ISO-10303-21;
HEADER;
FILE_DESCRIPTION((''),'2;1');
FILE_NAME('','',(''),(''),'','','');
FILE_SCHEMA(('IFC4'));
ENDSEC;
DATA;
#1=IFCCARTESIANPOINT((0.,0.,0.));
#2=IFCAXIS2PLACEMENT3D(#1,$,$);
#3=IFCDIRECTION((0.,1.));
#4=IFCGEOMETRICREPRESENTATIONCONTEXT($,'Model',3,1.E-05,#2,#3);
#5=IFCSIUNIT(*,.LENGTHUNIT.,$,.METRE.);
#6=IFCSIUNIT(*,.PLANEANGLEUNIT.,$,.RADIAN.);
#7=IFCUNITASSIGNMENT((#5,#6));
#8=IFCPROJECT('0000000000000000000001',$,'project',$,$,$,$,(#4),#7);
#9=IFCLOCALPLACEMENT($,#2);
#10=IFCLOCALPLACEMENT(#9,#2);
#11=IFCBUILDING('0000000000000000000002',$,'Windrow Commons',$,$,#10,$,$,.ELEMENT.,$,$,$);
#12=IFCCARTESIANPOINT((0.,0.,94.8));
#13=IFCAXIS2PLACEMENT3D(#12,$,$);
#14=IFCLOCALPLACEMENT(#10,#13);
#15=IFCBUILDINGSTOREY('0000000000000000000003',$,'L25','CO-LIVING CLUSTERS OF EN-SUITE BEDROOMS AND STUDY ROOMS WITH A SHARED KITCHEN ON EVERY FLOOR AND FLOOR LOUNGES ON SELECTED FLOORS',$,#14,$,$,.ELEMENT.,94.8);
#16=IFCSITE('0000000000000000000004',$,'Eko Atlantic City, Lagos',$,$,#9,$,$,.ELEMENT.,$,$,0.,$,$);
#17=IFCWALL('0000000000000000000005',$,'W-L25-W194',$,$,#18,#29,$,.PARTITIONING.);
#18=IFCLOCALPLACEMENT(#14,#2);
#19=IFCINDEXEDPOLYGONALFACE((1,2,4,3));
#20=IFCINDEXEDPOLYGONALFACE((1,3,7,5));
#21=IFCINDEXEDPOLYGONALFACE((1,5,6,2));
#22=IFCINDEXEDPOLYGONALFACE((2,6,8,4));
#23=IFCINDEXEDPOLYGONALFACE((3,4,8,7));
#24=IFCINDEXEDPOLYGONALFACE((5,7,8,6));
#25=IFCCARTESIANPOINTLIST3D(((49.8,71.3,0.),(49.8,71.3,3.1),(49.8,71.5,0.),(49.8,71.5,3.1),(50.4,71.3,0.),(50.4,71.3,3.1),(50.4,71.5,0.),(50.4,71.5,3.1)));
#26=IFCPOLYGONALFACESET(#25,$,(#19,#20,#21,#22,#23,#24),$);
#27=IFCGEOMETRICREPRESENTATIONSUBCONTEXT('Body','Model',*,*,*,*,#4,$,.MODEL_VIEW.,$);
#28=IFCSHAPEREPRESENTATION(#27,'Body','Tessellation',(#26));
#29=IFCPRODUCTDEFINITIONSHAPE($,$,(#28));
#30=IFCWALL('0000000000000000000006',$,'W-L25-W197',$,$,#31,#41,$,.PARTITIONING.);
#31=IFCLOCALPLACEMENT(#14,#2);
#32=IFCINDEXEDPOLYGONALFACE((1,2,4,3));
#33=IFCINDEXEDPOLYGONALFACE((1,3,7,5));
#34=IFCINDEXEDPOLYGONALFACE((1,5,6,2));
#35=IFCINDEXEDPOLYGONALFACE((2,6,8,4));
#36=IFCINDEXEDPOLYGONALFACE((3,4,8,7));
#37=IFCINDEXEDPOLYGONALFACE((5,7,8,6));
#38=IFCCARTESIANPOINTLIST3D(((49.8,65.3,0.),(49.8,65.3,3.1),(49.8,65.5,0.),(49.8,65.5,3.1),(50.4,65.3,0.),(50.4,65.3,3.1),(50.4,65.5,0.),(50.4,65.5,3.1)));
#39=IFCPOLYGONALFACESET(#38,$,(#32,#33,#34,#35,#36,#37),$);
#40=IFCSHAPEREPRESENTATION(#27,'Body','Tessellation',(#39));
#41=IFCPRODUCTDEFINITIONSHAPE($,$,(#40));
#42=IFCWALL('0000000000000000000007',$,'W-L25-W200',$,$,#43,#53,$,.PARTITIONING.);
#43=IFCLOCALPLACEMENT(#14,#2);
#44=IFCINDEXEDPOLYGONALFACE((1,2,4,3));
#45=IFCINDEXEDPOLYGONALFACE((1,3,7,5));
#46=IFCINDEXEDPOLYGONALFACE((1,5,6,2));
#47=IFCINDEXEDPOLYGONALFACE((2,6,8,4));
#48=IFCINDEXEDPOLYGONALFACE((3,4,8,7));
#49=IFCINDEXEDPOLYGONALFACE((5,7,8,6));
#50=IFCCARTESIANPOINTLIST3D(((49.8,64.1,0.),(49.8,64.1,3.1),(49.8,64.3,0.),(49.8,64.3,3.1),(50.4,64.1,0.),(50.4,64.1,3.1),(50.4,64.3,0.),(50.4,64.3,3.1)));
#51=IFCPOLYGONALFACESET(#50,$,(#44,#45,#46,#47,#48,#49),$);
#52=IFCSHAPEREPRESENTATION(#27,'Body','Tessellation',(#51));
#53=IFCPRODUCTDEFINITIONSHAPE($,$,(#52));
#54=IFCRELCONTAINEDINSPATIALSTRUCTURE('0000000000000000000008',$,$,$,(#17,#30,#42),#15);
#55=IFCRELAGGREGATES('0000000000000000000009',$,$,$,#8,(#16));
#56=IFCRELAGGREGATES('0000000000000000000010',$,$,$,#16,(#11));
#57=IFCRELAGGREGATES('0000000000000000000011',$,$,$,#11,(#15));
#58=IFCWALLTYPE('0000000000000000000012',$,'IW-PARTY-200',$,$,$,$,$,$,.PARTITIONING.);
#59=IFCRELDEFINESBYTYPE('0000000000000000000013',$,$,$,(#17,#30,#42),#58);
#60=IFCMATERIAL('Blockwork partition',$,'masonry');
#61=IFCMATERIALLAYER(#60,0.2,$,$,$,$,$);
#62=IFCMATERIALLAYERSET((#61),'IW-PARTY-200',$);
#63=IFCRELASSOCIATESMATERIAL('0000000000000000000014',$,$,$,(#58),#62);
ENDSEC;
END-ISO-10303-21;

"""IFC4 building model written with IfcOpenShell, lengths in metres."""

from ifc_helpers import new_model, si_unit, direction, frame, frame_2d, origin, place, context, subcontext, project, spatial, rectangle, extrude, material, layer, layer_set, type_object, element, save


model = new_model("IFC4")

# Units and contexts
model_context = context("Model", 3, precision=1e-05, world=origin(), true_north=direction((0.0, 1.0)))
body_context = subcontext(model_context, "Body", "Model", "MODEL_VIEW")
ifc_project = project(units=[si_unit("LENGTHUNIT", "METRE"), si_unit("PLANEANGLEUNIT", "RADIAN")], contexts=[model_context])

# Site, building, storey
site_placement = place(None, origin())
site = spatial("IfcSite", under=ifc_project, at=site_placement, Name="Eko Atlantic City, Lagos", CompositionType="ELEMENT", RefElevation=0.0)
building_placement = place(site_placement, origin())
building = spatial("IfcBuilding", under=site, at=building_placement, Name="Windrow Commons", CompositionType="ELEMENT")
storey_placement = place(building_placement, frame((0.0, 0.0, 94.8)))
storey = spatial("IfcBuildingStorey", under=building, at=storey_placement, Name="L25", Description="CO-LIVING CLUSTERS OF EN-SUITE BEDROOMS AND STUDY ROOMS WITH A SHARED KITCHEN ON EVERY FLOOR AND FLOOR LOUNGES ON SELECTED FLOORS", CompositionType="ELEMENT", Elevation=94.8)

# Walls
ifc_material_1 = material(Name="Blockwork partition", Category="masonry")
ifc_layer_1 = layer(ifc_material_1, 0.2)
ifc_layer_set_1 = layer_set([ifc_layer_1], Name="IW-PARTY-200")
wall_type_1 = type_object("IfcWallType", Name="IW-PARTY-200", PredefinedType="PARTITIONING", material=ifc_layer_set_1)
for number, where, z_axis, x_axis, name in (
    (1, (49.8, 71.4, 0.0), (0.0, 0.0, 1.0), (1.0, 0.0, 0.0), "W-L25-W194"),
    (2, (49.8, 65.4, 0.0), (0.0, 0.0, 1.0), (1.0, 0.0, 0.0), "W-L25-W197"),
    (3, (49.8, 64.2, 0.0), (0.0, 0.0, 1.0), (1.0, 0.0, 0.0), "W-L25-W200"),
):
    element("IfcWall", number, at=place(storey_placement, frame(where, z_axis=z_axis, x_axis=x_axis)), inside=storey, type_object=wall_type_1, Name=name, PredefinedType="PARTITIONING", context=body_context, shape_type="SweptSolid", body=[
        extrude(rectangle(XDim=0.6, YDim=0.2, at=frame_2d((0.3, 0.0))), origin(), (0.0, 0.0, 1.0), 3.1),
    ])

save(model, "model.ifc")
